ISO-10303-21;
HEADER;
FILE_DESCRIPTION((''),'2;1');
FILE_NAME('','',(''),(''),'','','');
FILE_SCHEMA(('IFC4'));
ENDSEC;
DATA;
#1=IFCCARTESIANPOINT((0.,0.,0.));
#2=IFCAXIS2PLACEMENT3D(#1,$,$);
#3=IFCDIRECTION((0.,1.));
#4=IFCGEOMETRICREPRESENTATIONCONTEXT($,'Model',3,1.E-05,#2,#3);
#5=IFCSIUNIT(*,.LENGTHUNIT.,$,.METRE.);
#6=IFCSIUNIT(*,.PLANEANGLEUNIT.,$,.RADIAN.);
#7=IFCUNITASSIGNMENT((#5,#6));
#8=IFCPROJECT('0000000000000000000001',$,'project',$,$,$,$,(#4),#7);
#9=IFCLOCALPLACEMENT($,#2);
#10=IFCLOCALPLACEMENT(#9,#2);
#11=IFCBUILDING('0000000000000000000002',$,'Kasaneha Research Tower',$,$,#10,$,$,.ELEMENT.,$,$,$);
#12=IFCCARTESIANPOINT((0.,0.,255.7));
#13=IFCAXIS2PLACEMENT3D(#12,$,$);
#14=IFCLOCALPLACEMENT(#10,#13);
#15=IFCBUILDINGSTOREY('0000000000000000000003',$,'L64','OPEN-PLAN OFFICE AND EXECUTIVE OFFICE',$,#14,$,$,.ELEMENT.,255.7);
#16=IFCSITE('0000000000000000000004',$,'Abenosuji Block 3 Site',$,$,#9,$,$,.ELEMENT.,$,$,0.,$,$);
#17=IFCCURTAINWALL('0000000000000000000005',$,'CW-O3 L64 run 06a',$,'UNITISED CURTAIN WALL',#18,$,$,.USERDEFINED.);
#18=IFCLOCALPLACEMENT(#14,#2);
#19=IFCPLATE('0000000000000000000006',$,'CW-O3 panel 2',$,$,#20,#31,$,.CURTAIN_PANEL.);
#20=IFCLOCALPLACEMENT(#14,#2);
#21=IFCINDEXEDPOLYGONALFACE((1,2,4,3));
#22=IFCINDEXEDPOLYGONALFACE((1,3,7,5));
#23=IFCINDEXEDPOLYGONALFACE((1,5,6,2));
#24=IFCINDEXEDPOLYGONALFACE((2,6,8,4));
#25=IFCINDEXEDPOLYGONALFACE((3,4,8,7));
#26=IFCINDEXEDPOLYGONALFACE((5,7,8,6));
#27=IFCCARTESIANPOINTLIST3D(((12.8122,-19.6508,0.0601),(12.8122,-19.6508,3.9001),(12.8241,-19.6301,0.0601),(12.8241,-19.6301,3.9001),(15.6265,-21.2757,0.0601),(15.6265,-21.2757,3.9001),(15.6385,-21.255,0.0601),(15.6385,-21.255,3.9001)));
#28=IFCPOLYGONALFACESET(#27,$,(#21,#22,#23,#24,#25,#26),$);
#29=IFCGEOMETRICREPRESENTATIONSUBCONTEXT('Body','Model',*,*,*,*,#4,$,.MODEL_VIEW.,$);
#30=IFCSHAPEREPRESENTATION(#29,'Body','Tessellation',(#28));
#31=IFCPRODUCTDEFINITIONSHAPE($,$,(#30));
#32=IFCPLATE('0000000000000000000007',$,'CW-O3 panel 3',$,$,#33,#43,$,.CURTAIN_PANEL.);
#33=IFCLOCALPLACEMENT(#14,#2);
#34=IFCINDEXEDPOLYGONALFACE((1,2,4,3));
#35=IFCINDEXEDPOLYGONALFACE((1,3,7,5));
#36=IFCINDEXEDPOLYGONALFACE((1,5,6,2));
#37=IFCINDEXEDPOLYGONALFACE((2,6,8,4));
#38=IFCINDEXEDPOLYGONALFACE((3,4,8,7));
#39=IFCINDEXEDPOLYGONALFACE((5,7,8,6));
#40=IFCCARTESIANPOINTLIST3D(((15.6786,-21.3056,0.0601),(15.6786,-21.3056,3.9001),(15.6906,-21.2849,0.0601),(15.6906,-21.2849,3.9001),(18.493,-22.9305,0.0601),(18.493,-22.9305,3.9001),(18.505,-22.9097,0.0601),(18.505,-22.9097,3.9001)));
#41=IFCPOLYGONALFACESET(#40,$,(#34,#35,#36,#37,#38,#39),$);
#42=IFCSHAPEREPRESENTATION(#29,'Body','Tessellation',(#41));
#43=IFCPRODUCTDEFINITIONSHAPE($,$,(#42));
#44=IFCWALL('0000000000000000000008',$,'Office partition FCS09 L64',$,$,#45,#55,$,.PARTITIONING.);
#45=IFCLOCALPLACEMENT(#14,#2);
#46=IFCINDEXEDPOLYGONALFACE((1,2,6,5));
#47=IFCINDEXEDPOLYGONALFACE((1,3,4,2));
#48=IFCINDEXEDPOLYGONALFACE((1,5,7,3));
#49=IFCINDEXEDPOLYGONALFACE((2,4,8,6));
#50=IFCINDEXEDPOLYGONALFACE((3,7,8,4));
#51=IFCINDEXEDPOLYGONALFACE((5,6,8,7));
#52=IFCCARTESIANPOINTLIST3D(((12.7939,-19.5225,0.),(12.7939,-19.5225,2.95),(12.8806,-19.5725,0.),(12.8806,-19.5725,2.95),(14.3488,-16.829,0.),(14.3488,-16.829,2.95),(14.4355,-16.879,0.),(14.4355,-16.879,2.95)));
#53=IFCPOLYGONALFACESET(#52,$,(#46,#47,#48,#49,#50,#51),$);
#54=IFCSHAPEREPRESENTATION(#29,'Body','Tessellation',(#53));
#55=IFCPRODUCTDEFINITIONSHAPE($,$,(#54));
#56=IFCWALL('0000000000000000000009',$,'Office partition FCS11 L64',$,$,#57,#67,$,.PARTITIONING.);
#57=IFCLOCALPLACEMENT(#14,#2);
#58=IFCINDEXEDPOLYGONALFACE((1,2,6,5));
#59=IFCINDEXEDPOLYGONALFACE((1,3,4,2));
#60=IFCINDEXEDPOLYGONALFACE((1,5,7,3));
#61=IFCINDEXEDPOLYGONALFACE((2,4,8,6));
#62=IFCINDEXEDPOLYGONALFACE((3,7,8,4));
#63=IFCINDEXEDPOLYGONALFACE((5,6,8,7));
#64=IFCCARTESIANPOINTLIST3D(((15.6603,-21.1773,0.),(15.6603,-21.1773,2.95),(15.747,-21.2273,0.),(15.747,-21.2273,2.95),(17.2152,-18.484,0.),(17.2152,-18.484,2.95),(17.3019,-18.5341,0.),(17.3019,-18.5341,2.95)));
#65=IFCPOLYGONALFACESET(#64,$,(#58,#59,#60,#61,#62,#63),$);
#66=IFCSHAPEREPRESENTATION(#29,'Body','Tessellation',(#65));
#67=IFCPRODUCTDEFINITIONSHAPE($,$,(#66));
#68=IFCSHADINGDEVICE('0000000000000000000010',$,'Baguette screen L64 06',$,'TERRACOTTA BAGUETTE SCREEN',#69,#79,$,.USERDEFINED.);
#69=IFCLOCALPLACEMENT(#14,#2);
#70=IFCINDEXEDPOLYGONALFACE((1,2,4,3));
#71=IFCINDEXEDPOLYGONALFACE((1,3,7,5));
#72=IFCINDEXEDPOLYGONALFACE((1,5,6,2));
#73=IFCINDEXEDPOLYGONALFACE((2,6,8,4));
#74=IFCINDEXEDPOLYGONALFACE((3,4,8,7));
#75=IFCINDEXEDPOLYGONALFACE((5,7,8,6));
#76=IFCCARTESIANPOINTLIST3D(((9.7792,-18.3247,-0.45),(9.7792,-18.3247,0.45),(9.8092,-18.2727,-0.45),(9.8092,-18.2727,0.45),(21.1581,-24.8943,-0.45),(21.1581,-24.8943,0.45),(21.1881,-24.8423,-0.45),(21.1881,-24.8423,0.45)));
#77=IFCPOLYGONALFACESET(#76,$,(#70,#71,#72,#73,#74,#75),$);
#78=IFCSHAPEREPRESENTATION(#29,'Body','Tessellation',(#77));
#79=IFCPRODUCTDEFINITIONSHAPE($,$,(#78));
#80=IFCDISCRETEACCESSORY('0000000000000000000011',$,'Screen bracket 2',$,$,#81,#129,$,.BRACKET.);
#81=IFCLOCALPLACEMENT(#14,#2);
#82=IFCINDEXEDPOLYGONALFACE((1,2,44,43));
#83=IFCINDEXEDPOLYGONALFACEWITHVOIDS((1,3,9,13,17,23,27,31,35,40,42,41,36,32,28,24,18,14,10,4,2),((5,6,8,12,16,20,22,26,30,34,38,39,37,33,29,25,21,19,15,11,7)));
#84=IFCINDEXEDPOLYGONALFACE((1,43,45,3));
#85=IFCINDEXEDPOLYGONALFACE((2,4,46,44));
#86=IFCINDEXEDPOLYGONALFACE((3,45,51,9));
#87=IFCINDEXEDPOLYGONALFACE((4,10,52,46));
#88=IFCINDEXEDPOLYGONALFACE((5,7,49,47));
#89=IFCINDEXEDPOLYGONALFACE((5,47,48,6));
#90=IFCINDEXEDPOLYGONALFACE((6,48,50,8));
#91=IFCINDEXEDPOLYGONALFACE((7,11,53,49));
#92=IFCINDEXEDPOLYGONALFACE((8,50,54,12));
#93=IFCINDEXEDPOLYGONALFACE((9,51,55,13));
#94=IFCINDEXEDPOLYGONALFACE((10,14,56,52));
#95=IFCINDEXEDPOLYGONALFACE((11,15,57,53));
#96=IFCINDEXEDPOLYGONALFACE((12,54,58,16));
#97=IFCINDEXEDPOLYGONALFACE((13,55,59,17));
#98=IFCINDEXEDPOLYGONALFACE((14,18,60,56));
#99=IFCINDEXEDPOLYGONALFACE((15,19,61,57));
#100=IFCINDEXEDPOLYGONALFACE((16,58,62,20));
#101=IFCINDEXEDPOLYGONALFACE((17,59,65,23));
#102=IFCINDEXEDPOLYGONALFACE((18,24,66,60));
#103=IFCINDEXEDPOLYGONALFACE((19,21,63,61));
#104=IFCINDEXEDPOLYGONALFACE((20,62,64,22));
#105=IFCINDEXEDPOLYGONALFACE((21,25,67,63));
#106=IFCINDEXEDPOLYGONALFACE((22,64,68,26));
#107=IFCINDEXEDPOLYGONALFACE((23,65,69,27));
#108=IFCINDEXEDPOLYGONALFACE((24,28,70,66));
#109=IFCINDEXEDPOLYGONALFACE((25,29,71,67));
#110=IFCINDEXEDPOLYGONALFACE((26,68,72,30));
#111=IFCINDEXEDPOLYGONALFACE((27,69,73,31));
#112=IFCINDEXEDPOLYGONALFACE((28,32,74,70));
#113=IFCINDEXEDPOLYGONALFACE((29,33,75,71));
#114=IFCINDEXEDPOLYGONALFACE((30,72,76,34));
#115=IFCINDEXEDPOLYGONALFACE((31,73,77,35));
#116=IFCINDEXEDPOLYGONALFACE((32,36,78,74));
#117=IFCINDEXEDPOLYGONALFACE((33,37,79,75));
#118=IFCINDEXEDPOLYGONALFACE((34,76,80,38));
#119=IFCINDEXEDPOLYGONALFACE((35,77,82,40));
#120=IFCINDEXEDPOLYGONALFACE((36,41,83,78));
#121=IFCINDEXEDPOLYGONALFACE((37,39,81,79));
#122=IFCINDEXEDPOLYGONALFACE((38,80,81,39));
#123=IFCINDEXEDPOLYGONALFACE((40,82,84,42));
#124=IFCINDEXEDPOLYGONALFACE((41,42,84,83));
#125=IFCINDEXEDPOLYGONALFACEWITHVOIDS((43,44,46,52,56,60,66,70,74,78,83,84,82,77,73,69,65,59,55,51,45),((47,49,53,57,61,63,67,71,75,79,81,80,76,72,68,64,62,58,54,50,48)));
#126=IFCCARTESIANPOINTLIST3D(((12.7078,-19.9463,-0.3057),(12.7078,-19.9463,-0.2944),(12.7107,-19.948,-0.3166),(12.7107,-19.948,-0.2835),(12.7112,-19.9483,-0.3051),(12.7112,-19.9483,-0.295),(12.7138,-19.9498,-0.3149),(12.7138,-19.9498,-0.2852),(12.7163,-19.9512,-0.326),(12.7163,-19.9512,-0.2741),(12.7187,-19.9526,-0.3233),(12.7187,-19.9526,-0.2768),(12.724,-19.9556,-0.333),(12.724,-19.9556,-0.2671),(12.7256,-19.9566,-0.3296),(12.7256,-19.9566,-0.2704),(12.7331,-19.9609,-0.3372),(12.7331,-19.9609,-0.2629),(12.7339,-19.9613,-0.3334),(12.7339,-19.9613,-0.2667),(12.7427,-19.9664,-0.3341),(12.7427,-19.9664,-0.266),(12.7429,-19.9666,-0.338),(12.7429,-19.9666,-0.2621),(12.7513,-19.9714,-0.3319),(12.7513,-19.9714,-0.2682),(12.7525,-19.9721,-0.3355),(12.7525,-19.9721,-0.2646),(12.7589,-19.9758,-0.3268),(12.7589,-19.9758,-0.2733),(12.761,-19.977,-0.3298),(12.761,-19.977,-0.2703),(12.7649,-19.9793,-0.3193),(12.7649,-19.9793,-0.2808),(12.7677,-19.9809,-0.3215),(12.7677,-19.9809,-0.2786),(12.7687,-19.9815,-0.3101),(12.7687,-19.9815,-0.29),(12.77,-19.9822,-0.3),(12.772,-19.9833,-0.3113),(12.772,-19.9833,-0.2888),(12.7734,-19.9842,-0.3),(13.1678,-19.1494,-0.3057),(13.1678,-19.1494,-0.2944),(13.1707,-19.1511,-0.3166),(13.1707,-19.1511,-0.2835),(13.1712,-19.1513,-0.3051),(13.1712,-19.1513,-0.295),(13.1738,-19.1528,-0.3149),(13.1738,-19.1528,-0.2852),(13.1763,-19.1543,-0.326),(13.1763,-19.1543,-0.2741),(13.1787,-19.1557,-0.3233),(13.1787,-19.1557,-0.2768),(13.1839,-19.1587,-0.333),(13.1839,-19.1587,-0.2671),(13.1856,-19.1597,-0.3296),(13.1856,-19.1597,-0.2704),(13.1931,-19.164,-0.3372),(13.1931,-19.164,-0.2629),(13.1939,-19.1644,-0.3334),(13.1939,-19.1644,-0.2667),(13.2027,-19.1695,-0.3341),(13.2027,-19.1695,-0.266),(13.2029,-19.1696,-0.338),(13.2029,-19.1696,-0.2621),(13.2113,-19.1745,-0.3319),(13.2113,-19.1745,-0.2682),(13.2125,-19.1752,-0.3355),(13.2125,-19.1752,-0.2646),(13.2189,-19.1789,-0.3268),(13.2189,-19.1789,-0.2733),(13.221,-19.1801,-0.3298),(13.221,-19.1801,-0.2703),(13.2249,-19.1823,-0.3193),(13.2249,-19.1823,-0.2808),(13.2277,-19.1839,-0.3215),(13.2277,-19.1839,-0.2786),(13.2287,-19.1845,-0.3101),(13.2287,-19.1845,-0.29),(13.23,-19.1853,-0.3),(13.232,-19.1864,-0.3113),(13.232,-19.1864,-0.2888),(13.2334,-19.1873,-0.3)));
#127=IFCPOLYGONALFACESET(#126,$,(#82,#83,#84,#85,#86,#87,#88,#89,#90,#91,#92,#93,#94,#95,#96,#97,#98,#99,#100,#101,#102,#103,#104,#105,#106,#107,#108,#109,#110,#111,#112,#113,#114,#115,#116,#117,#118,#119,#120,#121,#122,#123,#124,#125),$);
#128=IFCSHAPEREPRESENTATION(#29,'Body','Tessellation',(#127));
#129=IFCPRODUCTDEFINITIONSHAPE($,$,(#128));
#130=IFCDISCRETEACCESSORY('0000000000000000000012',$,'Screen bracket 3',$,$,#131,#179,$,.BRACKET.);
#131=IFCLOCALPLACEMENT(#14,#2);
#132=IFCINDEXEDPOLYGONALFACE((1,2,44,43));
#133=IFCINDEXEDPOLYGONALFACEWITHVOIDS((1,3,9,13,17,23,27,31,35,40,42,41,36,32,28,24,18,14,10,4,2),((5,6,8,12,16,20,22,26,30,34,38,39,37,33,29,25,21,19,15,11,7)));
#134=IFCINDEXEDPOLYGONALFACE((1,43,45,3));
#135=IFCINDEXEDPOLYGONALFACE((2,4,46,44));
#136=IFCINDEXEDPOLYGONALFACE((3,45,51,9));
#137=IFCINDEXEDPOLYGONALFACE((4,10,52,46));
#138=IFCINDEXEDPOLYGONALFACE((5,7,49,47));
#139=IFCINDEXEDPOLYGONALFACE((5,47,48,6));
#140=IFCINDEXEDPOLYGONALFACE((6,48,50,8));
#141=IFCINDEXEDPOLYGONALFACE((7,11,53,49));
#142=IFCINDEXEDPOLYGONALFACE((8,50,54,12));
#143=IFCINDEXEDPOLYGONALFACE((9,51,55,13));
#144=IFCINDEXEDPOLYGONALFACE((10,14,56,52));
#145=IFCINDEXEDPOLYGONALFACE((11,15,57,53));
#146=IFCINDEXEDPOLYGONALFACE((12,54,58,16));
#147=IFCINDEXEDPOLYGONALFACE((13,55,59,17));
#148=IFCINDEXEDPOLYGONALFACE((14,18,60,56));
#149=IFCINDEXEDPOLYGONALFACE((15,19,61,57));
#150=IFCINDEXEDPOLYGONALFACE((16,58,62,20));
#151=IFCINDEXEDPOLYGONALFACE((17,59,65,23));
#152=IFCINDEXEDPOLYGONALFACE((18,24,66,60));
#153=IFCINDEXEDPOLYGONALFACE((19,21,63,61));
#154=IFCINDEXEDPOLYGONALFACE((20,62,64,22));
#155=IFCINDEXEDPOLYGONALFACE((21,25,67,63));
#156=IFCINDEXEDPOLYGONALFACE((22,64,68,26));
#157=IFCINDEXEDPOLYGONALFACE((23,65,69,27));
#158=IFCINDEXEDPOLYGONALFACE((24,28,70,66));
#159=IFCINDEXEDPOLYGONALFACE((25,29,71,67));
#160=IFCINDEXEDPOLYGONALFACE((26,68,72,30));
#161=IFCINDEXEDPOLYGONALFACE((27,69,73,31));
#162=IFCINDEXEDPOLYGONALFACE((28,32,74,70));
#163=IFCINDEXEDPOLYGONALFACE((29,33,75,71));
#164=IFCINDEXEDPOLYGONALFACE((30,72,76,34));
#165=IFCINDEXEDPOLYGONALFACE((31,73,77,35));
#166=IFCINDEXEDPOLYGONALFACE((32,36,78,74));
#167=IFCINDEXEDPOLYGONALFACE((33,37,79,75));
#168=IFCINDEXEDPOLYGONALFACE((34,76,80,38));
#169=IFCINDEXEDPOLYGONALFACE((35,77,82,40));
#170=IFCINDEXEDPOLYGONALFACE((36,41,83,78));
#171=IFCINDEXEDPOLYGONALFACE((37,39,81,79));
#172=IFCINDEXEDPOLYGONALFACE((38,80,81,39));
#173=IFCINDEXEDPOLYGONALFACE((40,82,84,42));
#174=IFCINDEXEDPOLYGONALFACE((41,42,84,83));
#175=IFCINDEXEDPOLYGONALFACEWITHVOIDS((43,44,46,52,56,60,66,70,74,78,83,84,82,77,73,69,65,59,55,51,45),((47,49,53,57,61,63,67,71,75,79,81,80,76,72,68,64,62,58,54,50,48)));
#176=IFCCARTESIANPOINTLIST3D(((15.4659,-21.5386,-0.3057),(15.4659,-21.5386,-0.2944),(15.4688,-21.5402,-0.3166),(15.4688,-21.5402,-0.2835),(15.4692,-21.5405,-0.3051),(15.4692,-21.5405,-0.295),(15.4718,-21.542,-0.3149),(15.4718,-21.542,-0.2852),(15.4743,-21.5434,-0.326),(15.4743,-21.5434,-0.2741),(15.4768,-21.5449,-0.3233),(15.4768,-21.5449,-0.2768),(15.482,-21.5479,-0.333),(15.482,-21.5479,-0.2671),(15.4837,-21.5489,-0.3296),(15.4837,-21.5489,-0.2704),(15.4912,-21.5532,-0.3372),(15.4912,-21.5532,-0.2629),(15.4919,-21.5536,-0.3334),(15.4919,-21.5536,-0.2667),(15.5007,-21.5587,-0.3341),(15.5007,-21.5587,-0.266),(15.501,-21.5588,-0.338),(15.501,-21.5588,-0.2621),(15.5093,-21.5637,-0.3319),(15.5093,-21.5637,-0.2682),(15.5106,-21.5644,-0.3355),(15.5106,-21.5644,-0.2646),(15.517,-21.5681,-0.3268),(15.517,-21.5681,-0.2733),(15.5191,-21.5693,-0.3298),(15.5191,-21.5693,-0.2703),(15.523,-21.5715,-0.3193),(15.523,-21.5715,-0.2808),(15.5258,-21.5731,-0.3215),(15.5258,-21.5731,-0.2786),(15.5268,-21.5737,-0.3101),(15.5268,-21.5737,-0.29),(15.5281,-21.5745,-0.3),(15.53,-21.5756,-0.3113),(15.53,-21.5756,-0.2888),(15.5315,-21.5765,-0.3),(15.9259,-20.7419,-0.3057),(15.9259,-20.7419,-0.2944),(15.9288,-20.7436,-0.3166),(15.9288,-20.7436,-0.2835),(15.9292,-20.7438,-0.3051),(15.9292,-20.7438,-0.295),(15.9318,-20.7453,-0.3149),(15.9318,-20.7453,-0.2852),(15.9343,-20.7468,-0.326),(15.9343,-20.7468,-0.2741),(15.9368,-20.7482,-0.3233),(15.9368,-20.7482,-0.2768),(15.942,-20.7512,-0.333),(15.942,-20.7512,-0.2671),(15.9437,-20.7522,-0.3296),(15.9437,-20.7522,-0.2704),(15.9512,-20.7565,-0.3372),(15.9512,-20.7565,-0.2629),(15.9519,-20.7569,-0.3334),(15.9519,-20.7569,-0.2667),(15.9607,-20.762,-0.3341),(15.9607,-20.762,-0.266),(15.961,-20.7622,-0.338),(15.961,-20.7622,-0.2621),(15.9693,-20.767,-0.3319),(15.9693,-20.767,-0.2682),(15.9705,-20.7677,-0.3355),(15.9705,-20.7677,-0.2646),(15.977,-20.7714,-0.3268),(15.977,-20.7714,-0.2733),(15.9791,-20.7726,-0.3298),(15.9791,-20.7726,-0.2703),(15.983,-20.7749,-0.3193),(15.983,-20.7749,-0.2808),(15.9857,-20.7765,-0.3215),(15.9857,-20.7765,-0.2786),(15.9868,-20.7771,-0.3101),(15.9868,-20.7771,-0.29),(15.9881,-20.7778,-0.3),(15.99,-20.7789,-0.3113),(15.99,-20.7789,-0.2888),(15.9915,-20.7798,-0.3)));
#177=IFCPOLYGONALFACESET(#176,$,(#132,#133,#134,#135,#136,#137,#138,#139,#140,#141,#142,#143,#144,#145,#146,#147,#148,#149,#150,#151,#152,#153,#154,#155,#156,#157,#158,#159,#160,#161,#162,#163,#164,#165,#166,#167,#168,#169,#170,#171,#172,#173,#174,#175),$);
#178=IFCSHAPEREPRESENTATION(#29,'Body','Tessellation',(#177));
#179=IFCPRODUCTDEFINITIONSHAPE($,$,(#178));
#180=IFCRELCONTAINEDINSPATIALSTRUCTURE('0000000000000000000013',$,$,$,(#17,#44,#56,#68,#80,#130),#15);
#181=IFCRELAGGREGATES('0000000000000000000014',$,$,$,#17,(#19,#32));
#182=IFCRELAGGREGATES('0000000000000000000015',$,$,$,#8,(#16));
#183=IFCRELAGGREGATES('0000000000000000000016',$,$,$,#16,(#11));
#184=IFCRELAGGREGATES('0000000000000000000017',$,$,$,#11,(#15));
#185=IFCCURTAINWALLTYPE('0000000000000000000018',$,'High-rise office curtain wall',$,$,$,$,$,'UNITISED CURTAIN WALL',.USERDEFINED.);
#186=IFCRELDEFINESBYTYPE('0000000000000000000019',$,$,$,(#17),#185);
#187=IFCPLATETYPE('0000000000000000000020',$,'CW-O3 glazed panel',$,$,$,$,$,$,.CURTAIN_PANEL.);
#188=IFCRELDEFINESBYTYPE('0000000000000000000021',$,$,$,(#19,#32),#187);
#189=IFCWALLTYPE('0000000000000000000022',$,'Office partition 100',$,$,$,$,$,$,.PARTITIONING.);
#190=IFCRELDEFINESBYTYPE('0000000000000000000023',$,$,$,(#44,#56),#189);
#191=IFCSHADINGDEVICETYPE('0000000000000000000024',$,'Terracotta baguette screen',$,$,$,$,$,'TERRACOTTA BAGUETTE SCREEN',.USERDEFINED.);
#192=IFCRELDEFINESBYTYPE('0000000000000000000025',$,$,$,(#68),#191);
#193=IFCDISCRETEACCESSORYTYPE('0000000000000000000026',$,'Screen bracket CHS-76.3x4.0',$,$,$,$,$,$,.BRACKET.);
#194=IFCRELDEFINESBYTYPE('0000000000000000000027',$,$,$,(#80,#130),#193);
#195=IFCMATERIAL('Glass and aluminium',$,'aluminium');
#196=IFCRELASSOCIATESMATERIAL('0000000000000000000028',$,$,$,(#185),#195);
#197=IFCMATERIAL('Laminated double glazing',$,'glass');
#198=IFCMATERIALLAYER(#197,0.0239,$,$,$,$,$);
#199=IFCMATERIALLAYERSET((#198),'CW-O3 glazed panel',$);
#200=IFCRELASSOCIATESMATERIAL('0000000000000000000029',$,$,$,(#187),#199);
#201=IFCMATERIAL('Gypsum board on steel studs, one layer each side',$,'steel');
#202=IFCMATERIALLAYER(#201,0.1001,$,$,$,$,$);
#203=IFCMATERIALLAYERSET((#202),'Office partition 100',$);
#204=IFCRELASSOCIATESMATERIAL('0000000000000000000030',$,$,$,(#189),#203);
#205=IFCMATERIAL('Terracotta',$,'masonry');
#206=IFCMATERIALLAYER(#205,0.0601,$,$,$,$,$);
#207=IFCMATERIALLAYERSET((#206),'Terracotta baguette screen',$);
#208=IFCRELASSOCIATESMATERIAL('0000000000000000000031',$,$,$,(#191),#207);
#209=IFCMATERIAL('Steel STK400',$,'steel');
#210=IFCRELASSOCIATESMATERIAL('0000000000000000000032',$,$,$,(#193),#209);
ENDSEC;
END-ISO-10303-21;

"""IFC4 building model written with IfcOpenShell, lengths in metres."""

from ifc_helpers import new_model, si_unit, direction, frame, frame_2d, origin, origin_2d, place, context, subcontext, project, spatial, rectangle, hollow_circle, extrude, material, layer, layer_set, material_profile, profile_set, type_object, element, aggregate, save


model = new_model("IFC4")

# Units and contexts
model_context = context("Model", 3, precision=1e-05, world=origin(), true_north=direction((0.0, 1.0)))
body_context = subcontext(model_context, "Body", "Model", "MODEL_VIEW")
ifc_project = project(units=[si_unit("LENGTHUNIT", "METRE"), si_unit("PLANEANGLEUNIT", "RADIAN")], contexts=[model_context])

# Site, building, storey
site_placement = place(None, origin())
site = spatial("IfcSite", under=ifc_project, at=site_placement, Name="Abenosuji Block 3 Site", CompositionType="ELEMENT", RefElevation=0.0)
building_placement = place(site_placement, origin())
building = spatial("IfcBuilding", under=site, at=building_placement, Name="Kasaneha Research Tower", CompositionType="ELEMENT")
storey_placement = place(building_placement, frame((0.0, 0.0, 255.7)))
storey = spatial("IfcBuildingStorey", under=building, at=storey_placement, Name="L64", Description="OPEN-PLAN OFFICE AND EXECUTIVE OFFICE", CompositionType="ELEMENT", Elevation=255.7)

# Curtain wall
ifc_material_1 = material(Name="Glass and aluminium", Category="aluminium")
curtain_wall_type = type_object("IfcCurtainWallType", Name="High-rise office curtain wall", ElementType="UNITISED CURTAIN WALL", PredefinedType="USERDEFINED", material=ifc_material_1)
curtain_wall_1_placement = place(storey_placement, origin())
curtain_wall_1 = element("IfcCurtainWall", 1, at=curtain_wall_1_placement, inside=storey, type_object=curtain_wall_type, Name="CW-O3 L64 run 06a", ObjectType="UNITISED CURTAIN WALL", PredefinedType="USERDEFINED")

# Plates
ifc_material_2 = material(Name="Laminated double glazing", Category="glass")
ifc_layer_1 = layer(ifc_material_2, 0.0239)
ifc_layer_set_1 = layer_set([ifc_layer_1], Name="CW-O3 glazed panel")
plate_type = type_object("IfcPlateType", Name="CW-O3 glazed panel", PredefinedType="CURTAIN_PANEL", material=ifc_layer_set_1)
plate_1_placement = place(storey_placement, frame((14.2253, -20.4529, 0.0601), z_axis=(0.0, 0.0, 1.0), x_axis=(0.866025, -0.5, 0.0)))
plate_1 = element("IfcPlate", 2, at=plate_1_placement, type_object=plate_type, Name="CW-O3 panel 2", PredefinedType="CURTAIN_PANEL", context=body_context, shape_type="SweptSolid", body=[
    extrude(rectangle(XDim=3.2498, YDim=0.0239, at=origin_2d()), origin(), (0.0, 0.0, 1.0), 3.8401),
])
plate_2_placement = place(storey_placement, frame((17.0918, -22.1077, 0.0601), z_axis=(0.0, 0.0, 1.0), x_axis=(0.866025, -0.5, 0.0)))
plate_2 = element("IfcPlate", 3, at=plate_2_placement, type_object=plate_type, Name="CW-O3 panel 3", PredefinedType="CURTAIN_PANEL", context=body_context, shape_type="SweptSolid", body=[
    extrude(rectangle(XDim=3.2498, YDim=0.0239, at=origin_2d()), origin(), (0.0, 0.0, 1.0), 3.8401),
])
aggregate(curtain_wall_1, [plate_1, plate_2])

# Walls
ifc_material_3 = material(Name="Gypsum board on steel studs, one layer each side", Category="steel")
ifc_layer_2 = layer(ifc_material_3, 0.1001)
ifc_layer_set_2 = layer_set([ifc_layer_2], Name="Office partition 100")
wall_type = type_object("IfcWallType", Name="Office partition 100", PredefinedType="PARTITIONING", material=ifc_layer_set_2)
wall_1_placement = place(storey_placement, frame((12.8372, -19.5476, 0.0), z_axis=(0.0, 0.0, 1.0), x_axis=(0.499947, 0.866056, 0.0)))
element("IfcWall", 4, at=wall_1_placement, inside=storey, type_object=wall_type, Name="Office partition FCS09 L64", PredefinedType="PARTITIONING", context=body_context, shape_type="SweptSolid", body=[
    extrude(rectangle(XDim=3.1101, YDim=0.1001, at=frame_2d((1.5552, 0.0))), origin(), (0.0, 0.0, 1.0), 2.95),
])
wall_2_placement = place(storey_placement, frame((17.2585, -18.509, 0.0), z_axis=(0.0, 0.0, 1.0), x_axis=(-0.499981, -0.866037, 0.0)))
element("IfcWall", 5, at=wall_2_placement, inside=storey, type_object=wall_type, Name="Office partition FCS11 L64", PredefinedType="PARTITIONING", context=body_context, shape_type="SweptSolid", body=[
    extrude(rectangle(XDim=3.1099, YDim=0.1001, at=frame_2d((1.5549, 0.0))), origin(), (0.0, 0.0, 1.0), 2.95),
])

# Shading device
ifc_material_4 = material(Name="Terracotta", Category="masonry")
ifc_layer_3 = layer(ifc_material_4, 0.0601)
ifc_layer_set_3 = layer_set([ifc_layer_3], Name="Terracotta baguette screen")
shading_device_type = type_object("IfcShadingDeviceType", Name="Terracotta baguette screen", ElementType="TERRACOTTA BAGUETTE SCREEN", PredefinedType="USERDEFINED", material=ifc_layer_set_3)
shading_device_placement = place(storey_placement, frame((15.4836, -21.5835, -0.45), z_axis=(0.0, 0.0, 1.0), x_axis=(0.866025, -0.5, 0.0)))
element("IfcShadingDevice", 6, at=shading_device_placement, inside=storey, type_object=shading_device_type, Name="Baguette screen L64 06", ObjectType="TERRACOTTA BAGUETTE SCREEN", PredefinedType="USERDEFINED", context=body_context, shape_type="SweptSolid", body=[
    extrude(rectangle(XDim=13.1392, YDim=0.0601, at=origin_2d()), origin(), (0.0, 0.0, 1.0), 0.8999),
])

# Discrete accessories
ifc_material_5 = material(Name="Steel STK400", Category="steel")
ifc_material_profile_1 = material_profile(ifc_material_5, hollow_circle(Radius=0.0381, WallThickness=0.0039, at=origin_2d()), Name="CHS-76.3x4.0")
ifc_profile_set_1 = profile_set([ifc_material_profile_1], Name="Steel STK400")
discrete_accessory_type = type_object("IfcDiscreteAccessoryType", Name="Screen bracket CHS-76.3x4.0", PredefinedType="BRACKET", material=ifc_profile_set_1)
discrete_accessory_1_placement = place(storey_placement, frame((13.2004, -19.1682, -0.3), z_axis=(-0.499906, -0.86608, 0.0), x_axis=(0.86608, -0.499906, 0.0)))
element("IfcDiscreteAccessory", 7, at=discrete_accessory_1_placement, inside=storey, type_object=discrete_accessory_type, Name="Screen bracket 2", PredefinedType="BRACKET", context=body_context, shape_type="SweptSolid", body=[
    extrude(hollow_circle(Radius=0.0381, WallThickness=0.0039, at=origin_2d()), origin(), (0.0, 0.0, 1.0), 0.9202),
])
discrete_accessory_2_placement = place(storey_placement, frame((15.9585, -20.7607, -0.3), z_axis=(-0.500021, -0.866013, 0.0), x_axis=(0.866013, -0.500021, 0.0)))
element("IfcDiscreteAccessory", 8, at=discrete_accessory_2_placement, inside=storey, type_object=discrete_accessory_type, Name="Screen bracket 3", PredefinedType="BRACKET", context=body_context, shape_type="SweptSolid", body=[
    extrude(hollow_circle(Radius=0.0381, WallThickness=0.0039, at=origin_2d()), origin(), (0.0, 0.0, 1.0), 0.9199),
])

save(model, "model.ifc")
